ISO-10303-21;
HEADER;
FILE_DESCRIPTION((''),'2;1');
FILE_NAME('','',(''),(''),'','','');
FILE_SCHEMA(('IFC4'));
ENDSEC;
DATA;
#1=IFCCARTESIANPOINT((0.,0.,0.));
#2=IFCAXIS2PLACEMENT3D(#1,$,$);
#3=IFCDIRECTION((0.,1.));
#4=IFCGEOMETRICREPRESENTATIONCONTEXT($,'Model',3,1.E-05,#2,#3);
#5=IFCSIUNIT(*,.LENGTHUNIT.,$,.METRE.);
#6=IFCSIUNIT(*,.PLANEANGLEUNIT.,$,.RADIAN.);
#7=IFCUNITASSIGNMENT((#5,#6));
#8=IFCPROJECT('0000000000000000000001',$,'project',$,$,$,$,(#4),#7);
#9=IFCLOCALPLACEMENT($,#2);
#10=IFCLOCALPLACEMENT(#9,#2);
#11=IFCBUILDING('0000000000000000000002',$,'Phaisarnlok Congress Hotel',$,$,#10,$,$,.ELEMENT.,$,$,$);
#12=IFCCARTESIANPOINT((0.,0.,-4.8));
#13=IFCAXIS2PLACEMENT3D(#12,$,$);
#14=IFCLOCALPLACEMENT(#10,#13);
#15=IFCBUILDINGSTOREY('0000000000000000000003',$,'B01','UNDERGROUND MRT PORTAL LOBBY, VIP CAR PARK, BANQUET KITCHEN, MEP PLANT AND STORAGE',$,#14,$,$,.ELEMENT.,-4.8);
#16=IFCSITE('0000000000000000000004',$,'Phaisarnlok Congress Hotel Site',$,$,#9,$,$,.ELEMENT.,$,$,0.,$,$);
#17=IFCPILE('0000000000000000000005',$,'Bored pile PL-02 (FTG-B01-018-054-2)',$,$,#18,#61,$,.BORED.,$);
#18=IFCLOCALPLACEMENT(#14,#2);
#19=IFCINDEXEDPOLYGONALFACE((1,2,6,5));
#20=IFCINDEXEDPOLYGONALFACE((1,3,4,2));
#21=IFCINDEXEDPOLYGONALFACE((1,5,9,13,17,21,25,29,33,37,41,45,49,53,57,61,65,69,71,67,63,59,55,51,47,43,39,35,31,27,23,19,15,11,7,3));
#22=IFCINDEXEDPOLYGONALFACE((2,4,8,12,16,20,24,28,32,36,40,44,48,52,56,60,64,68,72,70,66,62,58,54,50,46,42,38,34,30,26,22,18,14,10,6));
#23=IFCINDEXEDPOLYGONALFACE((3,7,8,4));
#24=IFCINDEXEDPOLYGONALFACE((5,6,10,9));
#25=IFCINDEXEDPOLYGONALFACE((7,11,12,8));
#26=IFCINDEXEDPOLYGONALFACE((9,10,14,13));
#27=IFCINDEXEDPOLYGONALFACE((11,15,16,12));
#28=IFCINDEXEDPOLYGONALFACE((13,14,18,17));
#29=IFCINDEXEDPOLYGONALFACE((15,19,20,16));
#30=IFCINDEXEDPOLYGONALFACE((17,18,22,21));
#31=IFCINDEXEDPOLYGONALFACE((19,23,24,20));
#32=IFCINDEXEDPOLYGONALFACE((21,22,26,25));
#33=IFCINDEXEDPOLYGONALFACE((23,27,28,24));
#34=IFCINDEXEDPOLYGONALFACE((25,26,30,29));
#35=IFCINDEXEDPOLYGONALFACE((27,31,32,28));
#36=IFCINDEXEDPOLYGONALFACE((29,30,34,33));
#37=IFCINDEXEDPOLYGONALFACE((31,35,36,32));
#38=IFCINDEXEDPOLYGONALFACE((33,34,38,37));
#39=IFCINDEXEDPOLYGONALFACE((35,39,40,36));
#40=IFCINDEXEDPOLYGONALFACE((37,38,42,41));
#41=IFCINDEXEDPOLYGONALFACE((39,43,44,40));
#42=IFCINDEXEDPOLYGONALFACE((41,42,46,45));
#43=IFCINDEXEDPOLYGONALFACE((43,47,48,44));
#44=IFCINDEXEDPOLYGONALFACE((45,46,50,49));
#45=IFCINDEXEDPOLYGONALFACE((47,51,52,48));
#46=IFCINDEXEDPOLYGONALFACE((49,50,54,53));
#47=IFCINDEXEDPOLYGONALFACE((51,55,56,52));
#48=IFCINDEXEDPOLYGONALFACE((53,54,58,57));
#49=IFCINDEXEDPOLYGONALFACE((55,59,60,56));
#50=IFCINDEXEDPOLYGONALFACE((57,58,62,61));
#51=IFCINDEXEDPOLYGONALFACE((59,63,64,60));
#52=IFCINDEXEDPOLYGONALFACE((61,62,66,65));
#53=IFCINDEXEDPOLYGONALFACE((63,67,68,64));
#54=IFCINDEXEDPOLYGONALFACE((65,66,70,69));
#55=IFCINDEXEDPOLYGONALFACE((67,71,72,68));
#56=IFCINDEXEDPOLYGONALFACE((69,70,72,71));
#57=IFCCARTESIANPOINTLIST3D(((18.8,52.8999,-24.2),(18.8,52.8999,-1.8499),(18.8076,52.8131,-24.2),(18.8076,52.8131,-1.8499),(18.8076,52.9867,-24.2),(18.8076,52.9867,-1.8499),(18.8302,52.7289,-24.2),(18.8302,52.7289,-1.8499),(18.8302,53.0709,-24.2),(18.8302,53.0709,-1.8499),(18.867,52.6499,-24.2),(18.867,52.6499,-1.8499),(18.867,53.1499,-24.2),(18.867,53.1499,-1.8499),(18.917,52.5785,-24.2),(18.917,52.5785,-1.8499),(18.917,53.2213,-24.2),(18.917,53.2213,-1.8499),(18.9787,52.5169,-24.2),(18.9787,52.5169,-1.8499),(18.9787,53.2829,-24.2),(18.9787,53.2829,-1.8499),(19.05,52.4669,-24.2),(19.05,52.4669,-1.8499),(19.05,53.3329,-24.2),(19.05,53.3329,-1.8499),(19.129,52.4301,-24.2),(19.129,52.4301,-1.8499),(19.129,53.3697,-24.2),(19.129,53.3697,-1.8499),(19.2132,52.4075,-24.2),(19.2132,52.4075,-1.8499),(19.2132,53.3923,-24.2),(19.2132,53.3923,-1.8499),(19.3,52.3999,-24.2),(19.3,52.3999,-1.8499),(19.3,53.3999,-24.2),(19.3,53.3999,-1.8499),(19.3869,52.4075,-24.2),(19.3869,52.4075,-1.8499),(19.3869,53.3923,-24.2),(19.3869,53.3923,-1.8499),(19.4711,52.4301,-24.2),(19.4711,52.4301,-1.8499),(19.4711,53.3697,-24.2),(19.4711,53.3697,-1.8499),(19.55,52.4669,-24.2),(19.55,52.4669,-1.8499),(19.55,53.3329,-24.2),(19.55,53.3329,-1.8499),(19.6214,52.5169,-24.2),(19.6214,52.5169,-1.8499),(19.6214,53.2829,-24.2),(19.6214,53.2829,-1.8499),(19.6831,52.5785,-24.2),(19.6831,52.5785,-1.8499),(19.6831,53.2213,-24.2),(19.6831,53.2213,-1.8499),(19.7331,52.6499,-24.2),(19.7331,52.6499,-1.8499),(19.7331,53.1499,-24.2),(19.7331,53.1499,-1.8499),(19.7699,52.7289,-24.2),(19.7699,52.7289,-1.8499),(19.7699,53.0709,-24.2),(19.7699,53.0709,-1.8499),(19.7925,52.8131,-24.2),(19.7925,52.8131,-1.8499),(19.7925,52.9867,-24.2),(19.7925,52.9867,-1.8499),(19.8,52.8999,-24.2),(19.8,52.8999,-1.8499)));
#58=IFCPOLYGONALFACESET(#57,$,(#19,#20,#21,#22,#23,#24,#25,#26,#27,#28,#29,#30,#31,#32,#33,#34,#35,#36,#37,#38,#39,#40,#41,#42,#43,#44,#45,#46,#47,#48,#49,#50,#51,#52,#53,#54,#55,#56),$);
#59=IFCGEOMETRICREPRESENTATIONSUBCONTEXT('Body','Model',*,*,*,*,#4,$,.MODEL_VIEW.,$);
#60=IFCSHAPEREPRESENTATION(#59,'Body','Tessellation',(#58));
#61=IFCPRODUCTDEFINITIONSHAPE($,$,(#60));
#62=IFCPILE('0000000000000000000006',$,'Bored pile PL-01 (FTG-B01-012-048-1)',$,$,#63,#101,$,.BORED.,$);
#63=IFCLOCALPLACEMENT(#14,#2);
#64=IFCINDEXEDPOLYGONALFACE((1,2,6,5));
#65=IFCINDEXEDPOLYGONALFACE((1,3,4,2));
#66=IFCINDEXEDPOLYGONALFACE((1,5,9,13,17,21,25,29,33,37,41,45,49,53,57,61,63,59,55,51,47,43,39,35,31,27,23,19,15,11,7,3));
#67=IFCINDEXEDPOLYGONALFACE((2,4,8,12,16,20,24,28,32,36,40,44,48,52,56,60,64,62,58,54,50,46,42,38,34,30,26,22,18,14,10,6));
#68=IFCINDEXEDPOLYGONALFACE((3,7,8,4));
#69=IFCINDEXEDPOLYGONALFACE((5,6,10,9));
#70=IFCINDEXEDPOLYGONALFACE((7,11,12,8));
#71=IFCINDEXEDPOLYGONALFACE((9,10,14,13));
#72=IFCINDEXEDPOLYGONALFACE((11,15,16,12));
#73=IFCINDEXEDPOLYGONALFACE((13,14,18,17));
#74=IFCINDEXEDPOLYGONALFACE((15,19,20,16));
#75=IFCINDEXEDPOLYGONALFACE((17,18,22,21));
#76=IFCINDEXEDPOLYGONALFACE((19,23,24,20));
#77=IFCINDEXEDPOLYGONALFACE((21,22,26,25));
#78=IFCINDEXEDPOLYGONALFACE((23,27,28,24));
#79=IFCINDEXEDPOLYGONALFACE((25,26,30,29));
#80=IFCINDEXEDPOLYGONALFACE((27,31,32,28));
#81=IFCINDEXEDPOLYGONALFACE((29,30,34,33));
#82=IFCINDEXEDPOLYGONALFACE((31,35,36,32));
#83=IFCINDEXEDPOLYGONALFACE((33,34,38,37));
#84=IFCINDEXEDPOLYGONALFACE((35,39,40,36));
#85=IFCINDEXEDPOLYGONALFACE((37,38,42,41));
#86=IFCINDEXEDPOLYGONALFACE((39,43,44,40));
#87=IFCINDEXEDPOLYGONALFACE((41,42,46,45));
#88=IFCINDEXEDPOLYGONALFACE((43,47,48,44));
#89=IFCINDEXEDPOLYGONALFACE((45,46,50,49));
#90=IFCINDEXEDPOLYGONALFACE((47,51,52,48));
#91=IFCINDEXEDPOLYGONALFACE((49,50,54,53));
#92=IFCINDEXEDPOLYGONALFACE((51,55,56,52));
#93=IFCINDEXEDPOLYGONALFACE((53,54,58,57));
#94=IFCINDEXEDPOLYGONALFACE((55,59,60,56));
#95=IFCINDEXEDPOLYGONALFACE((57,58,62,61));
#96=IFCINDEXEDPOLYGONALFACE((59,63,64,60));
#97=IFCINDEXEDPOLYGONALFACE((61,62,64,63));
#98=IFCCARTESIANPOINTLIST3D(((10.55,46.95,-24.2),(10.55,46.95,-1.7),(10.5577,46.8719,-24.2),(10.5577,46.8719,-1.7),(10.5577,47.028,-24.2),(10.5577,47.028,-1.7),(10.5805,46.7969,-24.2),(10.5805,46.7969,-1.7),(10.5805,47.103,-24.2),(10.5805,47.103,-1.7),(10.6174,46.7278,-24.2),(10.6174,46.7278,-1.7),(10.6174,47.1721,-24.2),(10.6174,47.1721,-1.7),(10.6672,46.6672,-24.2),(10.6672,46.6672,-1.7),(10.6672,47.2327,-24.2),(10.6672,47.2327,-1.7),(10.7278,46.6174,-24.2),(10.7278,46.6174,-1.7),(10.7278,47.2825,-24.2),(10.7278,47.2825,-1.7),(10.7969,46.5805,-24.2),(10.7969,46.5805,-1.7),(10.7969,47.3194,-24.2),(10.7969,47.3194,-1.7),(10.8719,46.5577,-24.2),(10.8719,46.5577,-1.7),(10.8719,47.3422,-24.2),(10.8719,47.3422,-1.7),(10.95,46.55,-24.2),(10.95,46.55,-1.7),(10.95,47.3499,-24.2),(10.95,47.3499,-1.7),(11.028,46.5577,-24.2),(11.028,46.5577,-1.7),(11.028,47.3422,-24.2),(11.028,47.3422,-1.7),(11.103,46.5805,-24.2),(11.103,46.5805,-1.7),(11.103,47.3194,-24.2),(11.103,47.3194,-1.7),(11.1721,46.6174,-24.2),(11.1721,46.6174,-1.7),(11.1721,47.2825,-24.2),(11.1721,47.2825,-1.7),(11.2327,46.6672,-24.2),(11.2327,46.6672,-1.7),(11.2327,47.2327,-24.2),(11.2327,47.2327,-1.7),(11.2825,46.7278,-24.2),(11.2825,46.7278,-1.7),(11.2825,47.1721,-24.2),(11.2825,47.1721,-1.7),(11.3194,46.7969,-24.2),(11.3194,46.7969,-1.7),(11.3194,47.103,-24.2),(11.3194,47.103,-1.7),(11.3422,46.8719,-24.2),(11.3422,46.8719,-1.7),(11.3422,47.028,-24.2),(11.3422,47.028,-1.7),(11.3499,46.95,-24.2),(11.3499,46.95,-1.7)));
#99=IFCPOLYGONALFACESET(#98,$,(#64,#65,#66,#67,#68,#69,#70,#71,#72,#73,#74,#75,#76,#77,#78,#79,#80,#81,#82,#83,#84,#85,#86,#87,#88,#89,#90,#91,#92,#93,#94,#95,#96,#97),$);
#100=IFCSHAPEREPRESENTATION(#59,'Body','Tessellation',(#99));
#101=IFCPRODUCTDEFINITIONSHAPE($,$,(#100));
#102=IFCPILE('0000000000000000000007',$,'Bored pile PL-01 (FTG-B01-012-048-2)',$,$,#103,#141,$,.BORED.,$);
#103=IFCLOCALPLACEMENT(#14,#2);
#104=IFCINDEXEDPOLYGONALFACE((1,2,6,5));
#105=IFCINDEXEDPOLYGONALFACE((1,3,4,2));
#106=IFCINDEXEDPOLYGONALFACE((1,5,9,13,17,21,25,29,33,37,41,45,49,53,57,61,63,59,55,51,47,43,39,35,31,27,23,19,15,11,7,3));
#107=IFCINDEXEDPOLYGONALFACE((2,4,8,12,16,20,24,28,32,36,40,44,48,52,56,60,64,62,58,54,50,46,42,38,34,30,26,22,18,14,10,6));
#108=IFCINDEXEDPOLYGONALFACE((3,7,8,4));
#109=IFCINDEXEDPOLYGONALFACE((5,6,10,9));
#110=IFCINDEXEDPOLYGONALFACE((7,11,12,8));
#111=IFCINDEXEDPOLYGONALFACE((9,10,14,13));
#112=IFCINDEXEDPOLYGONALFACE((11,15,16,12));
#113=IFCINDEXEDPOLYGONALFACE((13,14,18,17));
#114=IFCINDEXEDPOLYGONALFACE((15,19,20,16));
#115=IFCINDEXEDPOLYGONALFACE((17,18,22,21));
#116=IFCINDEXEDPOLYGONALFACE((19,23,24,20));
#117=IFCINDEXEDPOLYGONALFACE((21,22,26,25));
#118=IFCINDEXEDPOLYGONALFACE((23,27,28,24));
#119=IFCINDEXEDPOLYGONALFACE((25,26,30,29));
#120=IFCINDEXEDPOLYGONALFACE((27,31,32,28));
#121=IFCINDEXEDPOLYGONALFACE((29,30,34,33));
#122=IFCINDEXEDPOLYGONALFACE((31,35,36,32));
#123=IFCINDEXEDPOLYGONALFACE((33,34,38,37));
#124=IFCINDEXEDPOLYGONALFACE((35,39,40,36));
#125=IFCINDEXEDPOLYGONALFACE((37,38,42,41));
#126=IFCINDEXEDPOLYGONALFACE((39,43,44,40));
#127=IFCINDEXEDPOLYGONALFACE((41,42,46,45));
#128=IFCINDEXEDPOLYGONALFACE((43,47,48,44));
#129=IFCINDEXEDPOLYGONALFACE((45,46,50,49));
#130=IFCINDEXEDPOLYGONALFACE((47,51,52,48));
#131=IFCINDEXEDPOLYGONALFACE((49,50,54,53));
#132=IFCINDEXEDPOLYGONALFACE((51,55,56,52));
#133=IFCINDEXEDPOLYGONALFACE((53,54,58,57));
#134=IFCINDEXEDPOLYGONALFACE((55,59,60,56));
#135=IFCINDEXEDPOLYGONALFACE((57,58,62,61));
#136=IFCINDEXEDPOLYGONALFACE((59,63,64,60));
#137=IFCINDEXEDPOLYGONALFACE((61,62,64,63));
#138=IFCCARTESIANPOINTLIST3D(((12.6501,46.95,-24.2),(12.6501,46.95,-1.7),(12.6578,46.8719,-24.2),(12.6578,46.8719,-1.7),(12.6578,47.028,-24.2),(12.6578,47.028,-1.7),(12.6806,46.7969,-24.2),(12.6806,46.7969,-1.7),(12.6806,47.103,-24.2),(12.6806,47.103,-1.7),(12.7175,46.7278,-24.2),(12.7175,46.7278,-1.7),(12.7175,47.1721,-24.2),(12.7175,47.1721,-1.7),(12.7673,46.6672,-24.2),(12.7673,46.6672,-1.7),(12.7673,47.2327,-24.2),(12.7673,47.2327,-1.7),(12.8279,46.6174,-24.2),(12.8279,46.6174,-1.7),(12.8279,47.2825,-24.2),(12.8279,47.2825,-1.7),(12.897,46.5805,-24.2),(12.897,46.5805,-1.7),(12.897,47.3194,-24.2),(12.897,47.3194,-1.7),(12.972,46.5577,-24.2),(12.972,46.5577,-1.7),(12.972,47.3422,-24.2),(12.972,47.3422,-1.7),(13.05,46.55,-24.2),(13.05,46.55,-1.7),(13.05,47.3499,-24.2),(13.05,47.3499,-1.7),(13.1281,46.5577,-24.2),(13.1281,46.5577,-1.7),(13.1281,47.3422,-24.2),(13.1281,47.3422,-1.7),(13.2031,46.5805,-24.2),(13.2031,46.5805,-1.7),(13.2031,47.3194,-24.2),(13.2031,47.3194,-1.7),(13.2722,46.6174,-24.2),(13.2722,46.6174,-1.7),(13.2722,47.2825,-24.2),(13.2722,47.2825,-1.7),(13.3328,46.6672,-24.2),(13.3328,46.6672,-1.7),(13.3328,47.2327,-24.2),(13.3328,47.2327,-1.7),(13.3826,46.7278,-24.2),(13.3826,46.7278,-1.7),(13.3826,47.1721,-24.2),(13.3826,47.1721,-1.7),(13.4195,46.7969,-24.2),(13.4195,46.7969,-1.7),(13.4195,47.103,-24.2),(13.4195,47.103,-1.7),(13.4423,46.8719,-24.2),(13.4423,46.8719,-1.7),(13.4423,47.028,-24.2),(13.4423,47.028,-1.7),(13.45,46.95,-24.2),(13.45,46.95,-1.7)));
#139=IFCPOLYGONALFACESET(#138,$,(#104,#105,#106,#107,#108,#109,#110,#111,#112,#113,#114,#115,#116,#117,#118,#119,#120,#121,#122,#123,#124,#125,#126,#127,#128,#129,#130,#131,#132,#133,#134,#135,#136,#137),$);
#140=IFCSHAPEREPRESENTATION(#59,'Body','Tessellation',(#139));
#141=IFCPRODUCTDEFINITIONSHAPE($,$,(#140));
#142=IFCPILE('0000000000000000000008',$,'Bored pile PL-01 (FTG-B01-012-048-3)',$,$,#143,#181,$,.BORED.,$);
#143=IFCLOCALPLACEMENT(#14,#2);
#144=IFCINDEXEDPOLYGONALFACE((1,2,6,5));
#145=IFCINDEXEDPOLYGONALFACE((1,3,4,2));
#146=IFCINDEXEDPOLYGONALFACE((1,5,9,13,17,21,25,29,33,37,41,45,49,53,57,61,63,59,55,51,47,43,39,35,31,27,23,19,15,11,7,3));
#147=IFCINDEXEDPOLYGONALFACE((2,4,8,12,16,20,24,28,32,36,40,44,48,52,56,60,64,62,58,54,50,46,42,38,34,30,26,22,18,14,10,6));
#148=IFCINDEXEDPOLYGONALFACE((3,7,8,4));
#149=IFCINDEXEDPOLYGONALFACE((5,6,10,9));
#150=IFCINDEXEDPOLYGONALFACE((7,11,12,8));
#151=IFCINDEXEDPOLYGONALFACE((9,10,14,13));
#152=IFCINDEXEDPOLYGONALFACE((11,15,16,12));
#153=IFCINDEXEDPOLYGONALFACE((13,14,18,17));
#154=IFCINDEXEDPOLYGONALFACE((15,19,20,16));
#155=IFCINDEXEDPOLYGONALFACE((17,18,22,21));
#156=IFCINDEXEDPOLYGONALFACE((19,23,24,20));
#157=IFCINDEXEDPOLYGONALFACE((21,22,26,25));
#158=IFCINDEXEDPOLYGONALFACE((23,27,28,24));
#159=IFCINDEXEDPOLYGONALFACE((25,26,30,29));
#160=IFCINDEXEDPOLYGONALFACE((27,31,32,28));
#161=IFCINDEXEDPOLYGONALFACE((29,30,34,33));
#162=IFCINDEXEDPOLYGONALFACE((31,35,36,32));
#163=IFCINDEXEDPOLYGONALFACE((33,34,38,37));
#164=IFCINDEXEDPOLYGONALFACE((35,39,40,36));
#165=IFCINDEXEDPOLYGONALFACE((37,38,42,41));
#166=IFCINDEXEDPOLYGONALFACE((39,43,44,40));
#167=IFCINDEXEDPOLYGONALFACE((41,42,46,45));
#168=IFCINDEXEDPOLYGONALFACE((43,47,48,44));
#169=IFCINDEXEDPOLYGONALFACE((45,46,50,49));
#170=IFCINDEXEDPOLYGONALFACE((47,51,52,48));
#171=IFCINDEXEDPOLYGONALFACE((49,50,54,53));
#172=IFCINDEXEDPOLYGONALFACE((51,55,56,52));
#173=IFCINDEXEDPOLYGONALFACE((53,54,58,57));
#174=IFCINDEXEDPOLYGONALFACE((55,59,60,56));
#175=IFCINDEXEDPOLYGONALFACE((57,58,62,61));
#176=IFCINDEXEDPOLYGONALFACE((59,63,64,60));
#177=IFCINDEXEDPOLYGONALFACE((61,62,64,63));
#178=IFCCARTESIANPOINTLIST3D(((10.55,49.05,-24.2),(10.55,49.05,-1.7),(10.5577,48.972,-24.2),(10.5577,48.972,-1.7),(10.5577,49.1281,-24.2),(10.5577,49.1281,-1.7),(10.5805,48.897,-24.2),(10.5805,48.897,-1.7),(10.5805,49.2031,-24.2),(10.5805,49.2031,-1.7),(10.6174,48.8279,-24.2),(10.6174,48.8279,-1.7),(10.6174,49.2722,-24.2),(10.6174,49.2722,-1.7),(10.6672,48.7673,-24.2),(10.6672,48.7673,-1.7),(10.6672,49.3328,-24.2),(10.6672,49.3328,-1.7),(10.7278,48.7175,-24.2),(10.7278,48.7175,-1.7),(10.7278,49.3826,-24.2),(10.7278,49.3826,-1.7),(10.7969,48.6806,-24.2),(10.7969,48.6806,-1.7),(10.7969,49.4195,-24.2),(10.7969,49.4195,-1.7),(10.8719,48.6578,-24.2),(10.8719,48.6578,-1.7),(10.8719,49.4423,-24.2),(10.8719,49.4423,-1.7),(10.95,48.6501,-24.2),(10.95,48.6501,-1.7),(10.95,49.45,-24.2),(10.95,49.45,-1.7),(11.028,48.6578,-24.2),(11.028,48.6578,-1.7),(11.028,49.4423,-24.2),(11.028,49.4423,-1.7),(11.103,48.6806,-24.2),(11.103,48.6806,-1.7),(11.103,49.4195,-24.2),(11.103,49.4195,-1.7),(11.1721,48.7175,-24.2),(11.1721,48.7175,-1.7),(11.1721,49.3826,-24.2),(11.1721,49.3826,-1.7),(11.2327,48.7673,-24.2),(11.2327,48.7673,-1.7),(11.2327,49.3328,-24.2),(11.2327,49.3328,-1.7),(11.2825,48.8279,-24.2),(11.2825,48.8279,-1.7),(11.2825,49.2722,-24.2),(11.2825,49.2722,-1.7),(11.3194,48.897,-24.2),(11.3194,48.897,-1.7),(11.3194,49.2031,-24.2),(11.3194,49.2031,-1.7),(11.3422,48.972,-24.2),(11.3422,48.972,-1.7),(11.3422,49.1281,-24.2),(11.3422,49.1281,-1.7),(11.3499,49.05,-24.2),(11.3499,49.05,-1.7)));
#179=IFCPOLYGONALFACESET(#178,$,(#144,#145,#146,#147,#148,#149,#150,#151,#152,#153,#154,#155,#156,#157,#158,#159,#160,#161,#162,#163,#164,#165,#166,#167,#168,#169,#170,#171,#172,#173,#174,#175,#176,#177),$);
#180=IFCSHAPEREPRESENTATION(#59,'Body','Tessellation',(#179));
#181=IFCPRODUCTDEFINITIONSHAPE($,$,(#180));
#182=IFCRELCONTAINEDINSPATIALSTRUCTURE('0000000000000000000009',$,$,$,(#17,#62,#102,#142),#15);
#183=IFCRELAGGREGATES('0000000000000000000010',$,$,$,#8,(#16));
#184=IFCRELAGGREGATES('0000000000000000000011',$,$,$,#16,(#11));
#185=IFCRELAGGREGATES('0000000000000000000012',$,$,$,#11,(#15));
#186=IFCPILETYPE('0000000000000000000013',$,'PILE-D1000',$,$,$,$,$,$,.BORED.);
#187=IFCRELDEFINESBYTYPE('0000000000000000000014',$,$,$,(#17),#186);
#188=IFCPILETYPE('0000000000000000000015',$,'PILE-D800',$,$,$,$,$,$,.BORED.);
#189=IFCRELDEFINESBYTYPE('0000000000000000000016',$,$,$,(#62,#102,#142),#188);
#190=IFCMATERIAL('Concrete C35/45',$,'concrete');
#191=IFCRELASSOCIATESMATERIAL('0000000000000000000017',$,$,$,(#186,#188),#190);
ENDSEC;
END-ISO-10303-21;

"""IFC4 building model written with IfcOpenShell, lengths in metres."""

from ifc_helpers import new_model, si_unit, direction, frame, origin, origin_2d, place, context, subcontext, project, spatial, circle, extrude, material, material_profile, profile_set, type_object, element, save


model = new_model("IFC4")

# Units and contexts
model_context = context("Model", 3, precision=1e-05, world=origin(), true_north=direction((0.0, 1.0)))
body_context = subcontext(model_context, "Body", "Model", "MODEL_VIEW")
ifc_project = project(units=[si_unit("LENGTHUNIT", "METRE"), si_unit("PLANEANGLEUNIT", "RADIAN")], contexts=[model_context])

# Site, building, storey
site_placement = place(None, origin())
site = spatial("IfcSite", under=ifc_project, at=site_placement, Name="Phaisarnlok Congress Hotel Site", CompositionType="ELEMENT", RefElevation=0.0)
building_placement = place(site_placement, origin())
building = spatial("IfcBuilding", under=site, at=building_placement, Name="Phaisarnlok Congress Hotel", CompositionType="ELEMENT")
storey_placement = place(building_placement, frame((0.0, 0.0, -4.8)))
storey = spatial("IfcBuildingStorey", under=building, at=storey_placement, Name="B01", Description="UNDERGROUND MRT PORTAL LOBBY, VIP CAR PARK, BANQUET KITCHEN, MEP PLANT AND STORAGE", CompositionType="ELEMENT", Elevation=-4.8)

# Piles
ifc_material_1 = material(Name="Concrete C35/45", Category="concrete")
ifc_material_profile_1 = material_profile(ifc_material_1, circle(Radius=0.5, at=origin_2d()), Name="BORED PILE D1000")
ifc_profile_set_1 = profile_set([ifc_material_profile_1], Name="Concrete C35/45")
pile_type_1 = type_object("IfcPileType", Name="PILE-D1000", PredefinedType="BORED", material=ifc_profile_set_1)
for number, where, z_axis, x_axis, name in (
    (1, (19.3, 52.8999, -1.8499), (0.0, 0.0, -1.0), (1.0, 0.0, 0.0), "Bored pile PL-02 (FTG-B01-018-054-2)"),
):
    element("IfcPile", number, at=place(storey_placement, frame(where, z_axis=z_axis, x_axis=x_axis)), inside=storey, type_object=pile_type_1, Name=name, PredefinedType="BORED", context=body_context, shape_type="SweptSolid", body=[
        extrude(circle(Radius=0.5, at=origin_2d()), origin(), (0.0, 0.0, 1.0), 22.3501),
    ])
ifc_material_profile_2 = material_profile(ifc_material_1, circle(Radius=0.3999, at=origin_2d()), Name="BORED PILE D800")
ifc_profile_set_2 = profile_set([ifc_material_profile_2], Name="Concrete C35/45")
pile_type_2 = type_object("IfcPileType", Name="PILE-D800", PredefinedType="BORED", material=ifc_profile_set_2)
for number, where, z_axis, x_axis, name in (
    (2, (10.95, 46.95, -1.7), (0.0, 0.0, -1.0), (1.0, 0.0, 0.0), "Bored pile PL-01 (FTG-B01-012-048-1)"),
    (3, (13.05, 46.95, -1.7), (0.0, 0.0, -1.0), (1.0, 0.0, 0.0), "Bored pile PL-01 (FTG-B01-012-048-2)"),
    (4, (10.95, 49.05, -1.7), (0.0, 0.0, -1.0), (1.0, 0.0, 0.0), "Bored pile PL-01 (FTG-B01-012-048-3)"),
):
    element("IfcPile", number, at=place(storey_placement, frame(where, z_axis=z_axis, x_axis=x_axis)), inside=storey, type_object=pile_type_2, Name=name, PredefinedType="BORED", context=body_context, shape_type="SweptSolid", body=[
        extrude(circle(Radius=0.3999, at=origin_2d()), origin(), (0.0, 0.0, 1.0), 22.5),
    ])

save(model, "model.ifc")
